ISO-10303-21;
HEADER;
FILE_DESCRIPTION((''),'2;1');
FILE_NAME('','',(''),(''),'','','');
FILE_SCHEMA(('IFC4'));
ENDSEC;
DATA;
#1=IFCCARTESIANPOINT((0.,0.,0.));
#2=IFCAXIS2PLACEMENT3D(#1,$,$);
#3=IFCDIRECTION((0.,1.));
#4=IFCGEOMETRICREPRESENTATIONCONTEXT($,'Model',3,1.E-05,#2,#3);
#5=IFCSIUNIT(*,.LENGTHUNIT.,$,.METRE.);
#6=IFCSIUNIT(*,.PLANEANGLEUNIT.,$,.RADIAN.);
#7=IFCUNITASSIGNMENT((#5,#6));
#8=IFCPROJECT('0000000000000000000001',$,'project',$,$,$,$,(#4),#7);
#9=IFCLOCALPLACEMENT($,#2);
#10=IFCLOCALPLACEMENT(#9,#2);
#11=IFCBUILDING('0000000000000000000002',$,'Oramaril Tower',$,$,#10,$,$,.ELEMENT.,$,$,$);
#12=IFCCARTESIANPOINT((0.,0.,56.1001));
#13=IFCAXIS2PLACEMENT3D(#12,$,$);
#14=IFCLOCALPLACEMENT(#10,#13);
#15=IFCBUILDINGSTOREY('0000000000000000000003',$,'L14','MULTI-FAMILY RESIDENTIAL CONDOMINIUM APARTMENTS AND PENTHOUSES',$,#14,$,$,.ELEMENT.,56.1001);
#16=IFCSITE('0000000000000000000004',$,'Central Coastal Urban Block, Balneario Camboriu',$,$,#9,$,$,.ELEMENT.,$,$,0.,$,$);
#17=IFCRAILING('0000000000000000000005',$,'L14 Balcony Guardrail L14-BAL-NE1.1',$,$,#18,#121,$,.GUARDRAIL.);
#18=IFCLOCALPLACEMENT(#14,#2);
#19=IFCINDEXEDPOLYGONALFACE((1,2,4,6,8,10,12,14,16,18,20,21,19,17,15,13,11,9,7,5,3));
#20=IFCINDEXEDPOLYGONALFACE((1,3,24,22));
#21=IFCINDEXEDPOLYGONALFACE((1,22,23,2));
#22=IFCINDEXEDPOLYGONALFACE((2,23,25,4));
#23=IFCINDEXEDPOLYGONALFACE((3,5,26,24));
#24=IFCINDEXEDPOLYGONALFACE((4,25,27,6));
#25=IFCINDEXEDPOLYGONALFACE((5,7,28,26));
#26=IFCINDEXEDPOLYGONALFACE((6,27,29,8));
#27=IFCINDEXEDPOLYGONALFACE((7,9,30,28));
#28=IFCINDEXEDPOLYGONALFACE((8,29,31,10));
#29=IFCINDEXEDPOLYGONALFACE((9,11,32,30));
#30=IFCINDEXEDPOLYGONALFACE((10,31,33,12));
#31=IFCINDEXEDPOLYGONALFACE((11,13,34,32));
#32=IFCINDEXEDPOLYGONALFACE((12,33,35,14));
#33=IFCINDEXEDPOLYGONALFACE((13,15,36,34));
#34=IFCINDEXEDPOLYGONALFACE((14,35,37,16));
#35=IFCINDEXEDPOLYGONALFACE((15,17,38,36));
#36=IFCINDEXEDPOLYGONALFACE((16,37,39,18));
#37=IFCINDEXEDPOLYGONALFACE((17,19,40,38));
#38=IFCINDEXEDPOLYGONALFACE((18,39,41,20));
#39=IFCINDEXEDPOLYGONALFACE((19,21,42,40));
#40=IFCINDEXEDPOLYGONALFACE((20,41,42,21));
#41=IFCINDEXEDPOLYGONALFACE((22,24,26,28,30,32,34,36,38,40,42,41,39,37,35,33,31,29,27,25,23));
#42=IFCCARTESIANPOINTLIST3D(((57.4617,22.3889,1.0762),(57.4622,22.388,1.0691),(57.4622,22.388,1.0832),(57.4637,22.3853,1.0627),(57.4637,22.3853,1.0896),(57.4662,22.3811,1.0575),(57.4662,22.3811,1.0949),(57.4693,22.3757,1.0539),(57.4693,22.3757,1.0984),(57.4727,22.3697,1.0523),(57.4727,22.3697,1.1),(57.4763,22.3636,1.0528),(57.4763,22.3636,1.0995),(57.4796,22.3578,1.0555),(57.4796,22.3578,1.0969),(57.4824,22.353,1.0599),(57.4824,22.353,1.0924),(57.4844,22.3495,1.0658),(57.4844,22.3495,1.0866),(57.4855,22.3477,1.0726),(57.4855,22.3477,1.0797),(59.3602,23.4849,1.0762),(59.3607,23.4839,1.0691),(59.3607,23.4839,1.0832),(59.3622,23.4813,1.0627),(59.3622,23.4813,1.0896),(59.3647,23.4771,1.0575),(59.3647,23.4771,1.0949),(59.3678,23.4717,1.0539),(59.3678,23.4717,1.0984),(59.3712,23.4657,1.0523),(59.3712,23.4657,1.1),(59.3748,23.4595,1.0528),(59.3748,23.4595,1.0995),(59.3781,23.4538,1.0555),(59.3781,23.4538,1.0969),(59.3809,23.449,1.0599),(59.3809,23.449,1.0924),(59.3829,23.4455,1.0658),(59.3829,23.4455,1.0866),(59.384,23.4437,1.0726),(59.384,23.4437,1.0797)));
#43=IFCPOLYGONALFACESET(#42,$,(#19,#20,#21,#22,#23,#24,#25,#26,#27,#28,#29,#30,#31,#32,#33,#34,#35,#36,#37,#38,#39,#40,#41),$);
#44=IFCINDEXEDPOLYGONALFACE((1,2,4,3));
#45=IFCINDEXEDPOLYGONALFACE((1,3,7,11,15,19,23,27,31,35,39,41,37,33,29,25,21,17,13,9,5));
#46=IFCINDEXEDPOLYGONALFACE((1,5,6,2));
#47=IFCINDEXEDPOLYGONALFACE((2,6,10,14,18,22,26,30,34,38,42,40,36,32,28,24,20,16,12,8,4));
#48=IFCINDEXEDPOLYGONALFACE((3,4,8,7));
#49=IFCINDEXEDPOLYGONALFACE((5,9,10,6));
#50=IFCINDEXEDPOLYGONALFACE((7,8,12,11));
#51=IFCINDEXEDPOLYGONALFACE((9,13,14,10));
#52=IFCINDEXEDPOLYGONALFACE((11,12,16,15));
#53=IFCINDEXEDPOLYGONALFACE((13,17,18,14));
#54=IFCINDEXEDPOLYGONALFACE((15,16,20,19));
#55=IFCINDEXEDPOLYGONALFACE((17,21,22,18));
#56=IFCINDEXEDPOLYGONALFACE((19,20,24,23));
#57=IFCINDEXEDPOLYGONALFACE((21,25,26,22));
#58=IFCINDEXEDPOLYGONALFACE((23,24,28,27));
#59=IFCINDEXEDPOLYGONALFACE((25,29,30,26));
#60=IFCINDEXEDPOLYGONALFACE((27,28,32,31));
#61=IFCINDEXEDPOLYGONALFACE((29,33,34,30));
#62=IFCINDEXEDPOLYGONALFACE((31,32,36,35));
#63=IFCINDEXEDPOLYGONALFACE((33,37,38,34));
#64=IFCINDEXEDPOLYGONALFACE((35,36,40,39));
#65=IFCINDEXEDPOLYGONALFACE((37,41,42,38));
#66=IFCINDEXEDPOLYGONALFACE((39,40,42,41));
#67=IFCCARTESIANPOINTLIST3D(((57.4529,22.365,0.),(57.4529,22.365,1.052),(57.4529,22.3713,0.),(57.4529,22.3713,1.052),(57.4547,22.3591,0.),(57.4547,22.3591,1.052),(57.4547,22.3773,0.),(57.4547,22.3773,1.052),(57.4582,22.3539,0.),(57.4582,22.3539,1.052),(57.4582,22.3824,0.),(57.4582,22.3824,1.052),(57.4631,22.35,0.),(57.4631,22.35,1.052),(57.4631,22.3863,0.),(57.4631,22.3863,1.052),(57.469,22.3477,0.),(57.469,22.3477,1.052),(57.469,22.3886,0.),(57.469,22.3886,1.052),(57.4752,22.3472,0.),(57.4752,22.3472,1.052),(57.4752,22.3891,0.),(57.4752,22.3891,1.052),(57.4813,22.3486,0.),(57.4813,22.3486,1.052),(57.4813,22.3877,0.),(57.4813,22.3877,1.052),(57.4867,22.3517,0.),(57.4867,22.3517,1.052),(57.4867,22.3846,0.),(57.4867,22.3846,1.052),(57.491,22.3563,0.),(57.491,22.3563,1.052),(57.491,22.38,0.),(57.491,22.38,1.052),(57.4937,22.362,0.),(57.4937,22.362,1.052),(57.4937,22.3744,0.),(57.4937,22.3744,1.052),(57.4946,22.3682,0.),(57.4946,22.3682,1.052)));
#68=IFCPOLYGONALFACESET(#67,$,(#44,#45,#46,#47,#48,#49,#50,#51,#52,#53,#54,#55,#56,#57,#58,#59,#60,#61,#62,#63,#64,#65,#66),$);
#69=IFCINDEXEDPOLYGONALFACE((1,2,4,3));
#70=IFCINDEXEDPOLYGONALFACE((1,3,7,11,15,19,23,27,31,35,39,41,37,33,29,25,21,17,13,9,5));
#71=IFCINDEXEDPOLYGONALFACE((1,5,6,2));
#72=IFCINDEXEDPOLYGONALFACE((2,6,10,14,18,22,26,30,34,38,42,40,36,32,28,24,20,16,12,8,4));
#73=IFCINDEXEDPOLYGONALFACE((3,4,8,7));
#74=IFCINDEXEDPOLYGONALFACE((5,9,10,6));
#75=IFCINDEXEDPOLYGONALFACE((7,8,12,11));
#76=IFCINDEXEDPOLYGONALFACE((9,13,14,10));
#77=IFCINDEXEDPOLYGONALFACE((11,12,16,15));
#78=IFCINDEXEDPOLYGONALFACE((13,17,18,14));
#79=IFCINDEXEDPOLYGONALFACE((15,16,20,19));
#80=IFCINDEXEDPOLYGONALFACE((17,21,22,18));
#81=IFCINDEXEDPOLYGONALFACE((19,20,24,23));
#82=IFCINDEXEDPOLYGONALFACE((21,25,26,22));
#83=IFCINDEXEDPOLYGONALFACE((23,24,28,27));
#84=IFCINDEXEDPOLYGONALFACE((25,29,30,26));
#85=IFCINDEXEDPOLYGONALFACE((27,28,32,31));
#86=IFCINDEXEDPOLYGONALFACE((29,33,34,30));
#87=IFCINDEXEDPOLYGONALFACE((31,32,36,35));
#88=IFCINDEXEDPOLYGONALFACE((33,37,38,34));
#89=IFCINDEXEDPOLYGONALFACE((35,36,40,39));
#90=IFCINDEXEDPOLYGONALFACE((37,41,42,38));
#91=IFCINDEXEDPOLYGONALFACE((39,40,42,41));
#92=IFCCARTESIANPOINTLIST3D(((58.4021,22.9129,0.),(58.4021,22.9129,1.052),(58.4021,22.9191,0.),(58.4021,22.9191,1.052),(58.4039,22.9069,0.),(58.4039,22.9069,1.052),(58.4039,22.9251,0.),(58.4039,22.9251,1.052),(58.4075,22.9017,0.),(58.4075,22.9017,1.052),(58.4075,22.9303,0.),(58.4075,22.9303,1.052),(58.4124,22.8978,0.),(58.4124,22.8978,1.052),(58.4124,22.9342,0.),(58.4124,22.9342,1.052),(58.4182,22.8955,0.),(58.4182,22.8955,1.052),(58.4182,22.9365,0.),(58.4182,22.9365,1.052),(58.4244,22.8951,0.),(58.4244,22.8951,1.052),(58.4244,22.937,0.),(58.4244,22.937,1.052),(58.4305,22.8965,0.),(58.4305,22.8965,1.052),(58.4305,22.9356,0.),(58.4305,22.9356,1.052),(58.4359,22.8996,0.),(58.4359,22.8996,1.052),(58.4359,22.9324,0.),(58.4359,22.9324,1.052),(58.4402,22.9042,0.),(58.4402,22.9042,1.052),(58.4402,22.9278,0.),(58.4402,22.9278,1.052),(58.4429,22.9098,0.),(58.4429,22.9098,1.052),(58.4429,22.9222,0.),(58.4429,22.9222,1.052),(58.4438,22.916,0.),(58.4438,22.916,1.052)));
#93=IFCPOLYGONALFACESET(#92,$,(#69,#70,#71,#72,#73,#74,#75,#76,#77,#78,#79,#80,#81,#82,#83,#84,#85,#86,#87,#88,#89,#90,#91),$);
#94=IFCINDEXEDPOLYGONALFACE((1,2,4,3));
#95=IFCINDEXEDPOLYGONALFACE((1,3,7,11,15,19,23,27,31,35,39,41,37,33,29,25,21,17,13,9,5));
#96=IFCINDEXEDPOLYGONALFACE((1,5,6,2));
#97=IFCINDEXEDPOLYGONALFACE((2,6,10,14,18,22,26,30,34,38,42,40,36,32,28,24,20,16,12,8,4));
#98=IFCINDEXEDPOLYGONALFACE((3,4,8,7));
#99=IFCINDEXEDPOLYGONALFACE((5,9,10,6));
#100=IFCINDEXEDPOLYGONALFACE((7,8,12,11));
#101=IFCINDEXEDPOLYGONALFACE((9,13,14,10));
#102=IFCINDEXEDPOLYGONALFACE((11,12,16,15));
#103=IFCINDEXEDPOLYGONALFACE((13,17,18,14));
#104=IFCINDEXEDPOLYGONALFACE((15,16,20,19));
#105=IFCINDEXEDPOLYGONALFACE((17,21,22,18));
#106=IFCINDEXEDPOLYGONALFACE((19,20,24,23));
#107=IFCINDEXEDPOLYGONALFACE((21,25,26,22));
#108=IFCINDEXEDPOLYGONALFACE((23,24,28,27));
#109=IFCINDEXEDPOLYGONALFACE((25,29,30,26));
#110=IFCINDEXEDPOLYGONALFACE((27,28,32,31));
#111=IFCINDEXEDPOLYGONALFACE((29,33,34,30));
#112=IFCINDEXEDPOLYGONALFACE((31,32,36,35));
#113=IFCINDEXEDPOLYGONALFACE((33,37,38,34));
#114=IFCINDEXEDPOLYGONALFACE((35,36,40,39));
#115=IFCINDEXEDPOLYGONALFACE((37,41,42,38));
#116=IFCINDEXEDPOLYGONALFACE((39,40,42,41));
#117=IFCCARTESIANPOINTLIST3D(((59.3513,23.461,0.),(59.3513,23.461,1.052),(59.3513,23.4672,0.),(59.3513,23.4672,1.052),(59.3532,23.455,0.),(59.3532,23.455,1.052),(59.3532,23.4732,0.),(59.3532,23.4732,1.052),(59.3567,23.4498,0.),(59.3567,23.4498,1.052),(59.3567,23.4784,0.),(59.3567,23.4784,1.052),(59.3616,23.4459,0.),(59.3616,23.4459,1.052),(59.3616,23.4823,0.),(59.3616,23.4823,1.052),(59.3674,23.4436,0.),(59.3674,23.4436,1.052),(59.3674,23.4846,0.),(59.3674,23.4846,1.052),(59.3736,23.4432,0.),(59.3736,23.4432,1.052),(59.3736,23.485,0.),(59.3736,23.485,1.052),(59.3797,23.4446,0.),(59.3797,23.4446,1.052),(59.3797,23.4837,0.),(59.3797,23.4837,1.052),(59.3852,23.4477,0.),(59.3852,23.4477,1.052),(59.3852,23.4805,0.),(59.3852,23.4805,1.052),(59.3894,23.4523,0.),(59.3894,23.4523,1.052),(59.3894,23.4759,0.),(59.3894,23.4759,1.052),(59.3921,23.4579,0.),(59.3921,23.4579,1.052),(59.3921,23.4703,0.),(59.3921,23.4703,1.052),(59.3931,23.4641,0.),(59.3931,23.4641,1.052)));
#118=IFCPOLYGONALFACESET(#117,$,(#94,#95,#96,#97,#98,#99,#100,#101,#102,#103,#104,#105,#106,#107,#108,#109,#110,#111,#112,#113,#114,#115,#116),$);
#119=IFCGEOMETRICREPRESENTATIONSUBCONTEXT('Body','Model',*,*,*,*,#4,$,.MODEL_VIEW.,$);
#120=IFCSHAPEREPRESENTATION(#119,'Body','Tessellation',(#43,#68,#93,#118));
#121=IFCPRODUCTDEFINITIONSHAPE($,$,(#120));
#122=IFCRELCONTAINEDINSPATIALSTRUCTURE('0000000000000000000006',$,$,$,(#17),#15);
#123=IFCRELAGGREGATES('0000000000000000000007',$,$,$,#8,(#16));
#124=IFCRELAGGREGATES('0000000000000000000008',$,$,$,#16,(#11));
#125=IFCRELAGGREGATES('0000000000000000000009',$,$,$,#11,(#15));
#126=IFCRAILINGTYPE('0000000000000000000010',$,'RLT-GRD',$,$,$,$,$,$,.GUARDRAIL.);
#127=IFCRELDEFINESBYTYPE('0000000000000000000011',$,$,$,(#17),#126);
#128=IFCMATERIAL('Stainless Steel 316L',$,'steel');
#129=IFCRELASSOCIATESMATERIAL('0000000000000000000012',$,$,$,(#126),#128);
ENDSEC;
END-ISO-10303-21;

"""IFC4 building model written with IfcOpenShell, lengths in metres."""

from ifc_helpers import new_model, si_unit, direction, frame, origin, origin_2d, place, context, subcontext, project, spatial, circle, extrude, material, type_object, element, save


model = new_model("IFC4")

# Units and contexts
model_context = context("Model", 3, precision=1e-05, world=origin(), true_north=direction((0.0, 1.0)))
body_context = subcontext(model_context, "Body", "Model", "MODEL_VIEW")
ifc_project = project(units=[si_unit("LENGTHUNIT", "METRE"), si_unit("PLANEANGLEUNIT", "RADIAN")], contexts=[model_context])

# Site, building, storey
site_placement = place(None, origin())
site = spatial("IfcSite", under=ifc_project, at=site_placement, Name="Central Coastal Urban Block, Balneario Camboriu", CompositionType="ELEMENT", RefElevation=0.0)
building_placement = place(site_placement, origin())
building = spatial("IfcBuilding", under=site, at=building_placement, Name="Oramaril Tower", CompositionType="ELEMENT")
storey_placement = place(building_placement, frame((0.0, 0.0, 56.1001)))
storey = spatial("IfcBuildingStorey", under=building, at=storey_placement, Name="L14", Description="MULTI-FAMILY RESIDENTIAL CONDOMINIUM APARTMENTS AND PENTHOUSES", CompositionType="ELEMENT", Elevation=56.1001)

# Railing
ifc_material_1 = material(Name="Stainless Steel 316L", Category="steel")
railing_type = type_object("IfcRailingType", Name="RLT-GRD", PredefinedType="GUARDRAIL", material=ifc_material_1)
railing_1_placement = place(storey_placement, frame((57.4736, 22.3682, 0.0)))
element("IfcRailing", 1, at=railing_1_placement, inside=storey, type_object=railing_type, Name="L14 Balcony Guardrail L14-BAL-NE1.1", PredefinedType="GUARDRAIL", context=body_context, shape_type="SweptSolid", body=[
    extrude(circle(Radius=0.0239, at=origin_2d()), frame((0.0, 0.0, 1.0762), z_axis=(0.866048, 0.49996, 0.0), x_axis=(-0.49996, 0.866048, 0.0)), (0.0, 0.0, 1.0), 2.1921),
    extrude(circle(Radius=0.021, at=origin_2d()), origin(), (0.0, 0.0, 1.0), 1.052),
    extrude(circle(Radius=0.021, at=origin_2d()), frame((0.9492, 0.5479, 0.0)), (0.0, 0.0, 1.0), 1.052),
    extrude(circle(Radius=0.021, at=origin_2d()), frame((1.8984, 1.0959, 0.0)), (0.0, 0.0, 1.0), 1.052),
])

save(model, "model.ifc")
